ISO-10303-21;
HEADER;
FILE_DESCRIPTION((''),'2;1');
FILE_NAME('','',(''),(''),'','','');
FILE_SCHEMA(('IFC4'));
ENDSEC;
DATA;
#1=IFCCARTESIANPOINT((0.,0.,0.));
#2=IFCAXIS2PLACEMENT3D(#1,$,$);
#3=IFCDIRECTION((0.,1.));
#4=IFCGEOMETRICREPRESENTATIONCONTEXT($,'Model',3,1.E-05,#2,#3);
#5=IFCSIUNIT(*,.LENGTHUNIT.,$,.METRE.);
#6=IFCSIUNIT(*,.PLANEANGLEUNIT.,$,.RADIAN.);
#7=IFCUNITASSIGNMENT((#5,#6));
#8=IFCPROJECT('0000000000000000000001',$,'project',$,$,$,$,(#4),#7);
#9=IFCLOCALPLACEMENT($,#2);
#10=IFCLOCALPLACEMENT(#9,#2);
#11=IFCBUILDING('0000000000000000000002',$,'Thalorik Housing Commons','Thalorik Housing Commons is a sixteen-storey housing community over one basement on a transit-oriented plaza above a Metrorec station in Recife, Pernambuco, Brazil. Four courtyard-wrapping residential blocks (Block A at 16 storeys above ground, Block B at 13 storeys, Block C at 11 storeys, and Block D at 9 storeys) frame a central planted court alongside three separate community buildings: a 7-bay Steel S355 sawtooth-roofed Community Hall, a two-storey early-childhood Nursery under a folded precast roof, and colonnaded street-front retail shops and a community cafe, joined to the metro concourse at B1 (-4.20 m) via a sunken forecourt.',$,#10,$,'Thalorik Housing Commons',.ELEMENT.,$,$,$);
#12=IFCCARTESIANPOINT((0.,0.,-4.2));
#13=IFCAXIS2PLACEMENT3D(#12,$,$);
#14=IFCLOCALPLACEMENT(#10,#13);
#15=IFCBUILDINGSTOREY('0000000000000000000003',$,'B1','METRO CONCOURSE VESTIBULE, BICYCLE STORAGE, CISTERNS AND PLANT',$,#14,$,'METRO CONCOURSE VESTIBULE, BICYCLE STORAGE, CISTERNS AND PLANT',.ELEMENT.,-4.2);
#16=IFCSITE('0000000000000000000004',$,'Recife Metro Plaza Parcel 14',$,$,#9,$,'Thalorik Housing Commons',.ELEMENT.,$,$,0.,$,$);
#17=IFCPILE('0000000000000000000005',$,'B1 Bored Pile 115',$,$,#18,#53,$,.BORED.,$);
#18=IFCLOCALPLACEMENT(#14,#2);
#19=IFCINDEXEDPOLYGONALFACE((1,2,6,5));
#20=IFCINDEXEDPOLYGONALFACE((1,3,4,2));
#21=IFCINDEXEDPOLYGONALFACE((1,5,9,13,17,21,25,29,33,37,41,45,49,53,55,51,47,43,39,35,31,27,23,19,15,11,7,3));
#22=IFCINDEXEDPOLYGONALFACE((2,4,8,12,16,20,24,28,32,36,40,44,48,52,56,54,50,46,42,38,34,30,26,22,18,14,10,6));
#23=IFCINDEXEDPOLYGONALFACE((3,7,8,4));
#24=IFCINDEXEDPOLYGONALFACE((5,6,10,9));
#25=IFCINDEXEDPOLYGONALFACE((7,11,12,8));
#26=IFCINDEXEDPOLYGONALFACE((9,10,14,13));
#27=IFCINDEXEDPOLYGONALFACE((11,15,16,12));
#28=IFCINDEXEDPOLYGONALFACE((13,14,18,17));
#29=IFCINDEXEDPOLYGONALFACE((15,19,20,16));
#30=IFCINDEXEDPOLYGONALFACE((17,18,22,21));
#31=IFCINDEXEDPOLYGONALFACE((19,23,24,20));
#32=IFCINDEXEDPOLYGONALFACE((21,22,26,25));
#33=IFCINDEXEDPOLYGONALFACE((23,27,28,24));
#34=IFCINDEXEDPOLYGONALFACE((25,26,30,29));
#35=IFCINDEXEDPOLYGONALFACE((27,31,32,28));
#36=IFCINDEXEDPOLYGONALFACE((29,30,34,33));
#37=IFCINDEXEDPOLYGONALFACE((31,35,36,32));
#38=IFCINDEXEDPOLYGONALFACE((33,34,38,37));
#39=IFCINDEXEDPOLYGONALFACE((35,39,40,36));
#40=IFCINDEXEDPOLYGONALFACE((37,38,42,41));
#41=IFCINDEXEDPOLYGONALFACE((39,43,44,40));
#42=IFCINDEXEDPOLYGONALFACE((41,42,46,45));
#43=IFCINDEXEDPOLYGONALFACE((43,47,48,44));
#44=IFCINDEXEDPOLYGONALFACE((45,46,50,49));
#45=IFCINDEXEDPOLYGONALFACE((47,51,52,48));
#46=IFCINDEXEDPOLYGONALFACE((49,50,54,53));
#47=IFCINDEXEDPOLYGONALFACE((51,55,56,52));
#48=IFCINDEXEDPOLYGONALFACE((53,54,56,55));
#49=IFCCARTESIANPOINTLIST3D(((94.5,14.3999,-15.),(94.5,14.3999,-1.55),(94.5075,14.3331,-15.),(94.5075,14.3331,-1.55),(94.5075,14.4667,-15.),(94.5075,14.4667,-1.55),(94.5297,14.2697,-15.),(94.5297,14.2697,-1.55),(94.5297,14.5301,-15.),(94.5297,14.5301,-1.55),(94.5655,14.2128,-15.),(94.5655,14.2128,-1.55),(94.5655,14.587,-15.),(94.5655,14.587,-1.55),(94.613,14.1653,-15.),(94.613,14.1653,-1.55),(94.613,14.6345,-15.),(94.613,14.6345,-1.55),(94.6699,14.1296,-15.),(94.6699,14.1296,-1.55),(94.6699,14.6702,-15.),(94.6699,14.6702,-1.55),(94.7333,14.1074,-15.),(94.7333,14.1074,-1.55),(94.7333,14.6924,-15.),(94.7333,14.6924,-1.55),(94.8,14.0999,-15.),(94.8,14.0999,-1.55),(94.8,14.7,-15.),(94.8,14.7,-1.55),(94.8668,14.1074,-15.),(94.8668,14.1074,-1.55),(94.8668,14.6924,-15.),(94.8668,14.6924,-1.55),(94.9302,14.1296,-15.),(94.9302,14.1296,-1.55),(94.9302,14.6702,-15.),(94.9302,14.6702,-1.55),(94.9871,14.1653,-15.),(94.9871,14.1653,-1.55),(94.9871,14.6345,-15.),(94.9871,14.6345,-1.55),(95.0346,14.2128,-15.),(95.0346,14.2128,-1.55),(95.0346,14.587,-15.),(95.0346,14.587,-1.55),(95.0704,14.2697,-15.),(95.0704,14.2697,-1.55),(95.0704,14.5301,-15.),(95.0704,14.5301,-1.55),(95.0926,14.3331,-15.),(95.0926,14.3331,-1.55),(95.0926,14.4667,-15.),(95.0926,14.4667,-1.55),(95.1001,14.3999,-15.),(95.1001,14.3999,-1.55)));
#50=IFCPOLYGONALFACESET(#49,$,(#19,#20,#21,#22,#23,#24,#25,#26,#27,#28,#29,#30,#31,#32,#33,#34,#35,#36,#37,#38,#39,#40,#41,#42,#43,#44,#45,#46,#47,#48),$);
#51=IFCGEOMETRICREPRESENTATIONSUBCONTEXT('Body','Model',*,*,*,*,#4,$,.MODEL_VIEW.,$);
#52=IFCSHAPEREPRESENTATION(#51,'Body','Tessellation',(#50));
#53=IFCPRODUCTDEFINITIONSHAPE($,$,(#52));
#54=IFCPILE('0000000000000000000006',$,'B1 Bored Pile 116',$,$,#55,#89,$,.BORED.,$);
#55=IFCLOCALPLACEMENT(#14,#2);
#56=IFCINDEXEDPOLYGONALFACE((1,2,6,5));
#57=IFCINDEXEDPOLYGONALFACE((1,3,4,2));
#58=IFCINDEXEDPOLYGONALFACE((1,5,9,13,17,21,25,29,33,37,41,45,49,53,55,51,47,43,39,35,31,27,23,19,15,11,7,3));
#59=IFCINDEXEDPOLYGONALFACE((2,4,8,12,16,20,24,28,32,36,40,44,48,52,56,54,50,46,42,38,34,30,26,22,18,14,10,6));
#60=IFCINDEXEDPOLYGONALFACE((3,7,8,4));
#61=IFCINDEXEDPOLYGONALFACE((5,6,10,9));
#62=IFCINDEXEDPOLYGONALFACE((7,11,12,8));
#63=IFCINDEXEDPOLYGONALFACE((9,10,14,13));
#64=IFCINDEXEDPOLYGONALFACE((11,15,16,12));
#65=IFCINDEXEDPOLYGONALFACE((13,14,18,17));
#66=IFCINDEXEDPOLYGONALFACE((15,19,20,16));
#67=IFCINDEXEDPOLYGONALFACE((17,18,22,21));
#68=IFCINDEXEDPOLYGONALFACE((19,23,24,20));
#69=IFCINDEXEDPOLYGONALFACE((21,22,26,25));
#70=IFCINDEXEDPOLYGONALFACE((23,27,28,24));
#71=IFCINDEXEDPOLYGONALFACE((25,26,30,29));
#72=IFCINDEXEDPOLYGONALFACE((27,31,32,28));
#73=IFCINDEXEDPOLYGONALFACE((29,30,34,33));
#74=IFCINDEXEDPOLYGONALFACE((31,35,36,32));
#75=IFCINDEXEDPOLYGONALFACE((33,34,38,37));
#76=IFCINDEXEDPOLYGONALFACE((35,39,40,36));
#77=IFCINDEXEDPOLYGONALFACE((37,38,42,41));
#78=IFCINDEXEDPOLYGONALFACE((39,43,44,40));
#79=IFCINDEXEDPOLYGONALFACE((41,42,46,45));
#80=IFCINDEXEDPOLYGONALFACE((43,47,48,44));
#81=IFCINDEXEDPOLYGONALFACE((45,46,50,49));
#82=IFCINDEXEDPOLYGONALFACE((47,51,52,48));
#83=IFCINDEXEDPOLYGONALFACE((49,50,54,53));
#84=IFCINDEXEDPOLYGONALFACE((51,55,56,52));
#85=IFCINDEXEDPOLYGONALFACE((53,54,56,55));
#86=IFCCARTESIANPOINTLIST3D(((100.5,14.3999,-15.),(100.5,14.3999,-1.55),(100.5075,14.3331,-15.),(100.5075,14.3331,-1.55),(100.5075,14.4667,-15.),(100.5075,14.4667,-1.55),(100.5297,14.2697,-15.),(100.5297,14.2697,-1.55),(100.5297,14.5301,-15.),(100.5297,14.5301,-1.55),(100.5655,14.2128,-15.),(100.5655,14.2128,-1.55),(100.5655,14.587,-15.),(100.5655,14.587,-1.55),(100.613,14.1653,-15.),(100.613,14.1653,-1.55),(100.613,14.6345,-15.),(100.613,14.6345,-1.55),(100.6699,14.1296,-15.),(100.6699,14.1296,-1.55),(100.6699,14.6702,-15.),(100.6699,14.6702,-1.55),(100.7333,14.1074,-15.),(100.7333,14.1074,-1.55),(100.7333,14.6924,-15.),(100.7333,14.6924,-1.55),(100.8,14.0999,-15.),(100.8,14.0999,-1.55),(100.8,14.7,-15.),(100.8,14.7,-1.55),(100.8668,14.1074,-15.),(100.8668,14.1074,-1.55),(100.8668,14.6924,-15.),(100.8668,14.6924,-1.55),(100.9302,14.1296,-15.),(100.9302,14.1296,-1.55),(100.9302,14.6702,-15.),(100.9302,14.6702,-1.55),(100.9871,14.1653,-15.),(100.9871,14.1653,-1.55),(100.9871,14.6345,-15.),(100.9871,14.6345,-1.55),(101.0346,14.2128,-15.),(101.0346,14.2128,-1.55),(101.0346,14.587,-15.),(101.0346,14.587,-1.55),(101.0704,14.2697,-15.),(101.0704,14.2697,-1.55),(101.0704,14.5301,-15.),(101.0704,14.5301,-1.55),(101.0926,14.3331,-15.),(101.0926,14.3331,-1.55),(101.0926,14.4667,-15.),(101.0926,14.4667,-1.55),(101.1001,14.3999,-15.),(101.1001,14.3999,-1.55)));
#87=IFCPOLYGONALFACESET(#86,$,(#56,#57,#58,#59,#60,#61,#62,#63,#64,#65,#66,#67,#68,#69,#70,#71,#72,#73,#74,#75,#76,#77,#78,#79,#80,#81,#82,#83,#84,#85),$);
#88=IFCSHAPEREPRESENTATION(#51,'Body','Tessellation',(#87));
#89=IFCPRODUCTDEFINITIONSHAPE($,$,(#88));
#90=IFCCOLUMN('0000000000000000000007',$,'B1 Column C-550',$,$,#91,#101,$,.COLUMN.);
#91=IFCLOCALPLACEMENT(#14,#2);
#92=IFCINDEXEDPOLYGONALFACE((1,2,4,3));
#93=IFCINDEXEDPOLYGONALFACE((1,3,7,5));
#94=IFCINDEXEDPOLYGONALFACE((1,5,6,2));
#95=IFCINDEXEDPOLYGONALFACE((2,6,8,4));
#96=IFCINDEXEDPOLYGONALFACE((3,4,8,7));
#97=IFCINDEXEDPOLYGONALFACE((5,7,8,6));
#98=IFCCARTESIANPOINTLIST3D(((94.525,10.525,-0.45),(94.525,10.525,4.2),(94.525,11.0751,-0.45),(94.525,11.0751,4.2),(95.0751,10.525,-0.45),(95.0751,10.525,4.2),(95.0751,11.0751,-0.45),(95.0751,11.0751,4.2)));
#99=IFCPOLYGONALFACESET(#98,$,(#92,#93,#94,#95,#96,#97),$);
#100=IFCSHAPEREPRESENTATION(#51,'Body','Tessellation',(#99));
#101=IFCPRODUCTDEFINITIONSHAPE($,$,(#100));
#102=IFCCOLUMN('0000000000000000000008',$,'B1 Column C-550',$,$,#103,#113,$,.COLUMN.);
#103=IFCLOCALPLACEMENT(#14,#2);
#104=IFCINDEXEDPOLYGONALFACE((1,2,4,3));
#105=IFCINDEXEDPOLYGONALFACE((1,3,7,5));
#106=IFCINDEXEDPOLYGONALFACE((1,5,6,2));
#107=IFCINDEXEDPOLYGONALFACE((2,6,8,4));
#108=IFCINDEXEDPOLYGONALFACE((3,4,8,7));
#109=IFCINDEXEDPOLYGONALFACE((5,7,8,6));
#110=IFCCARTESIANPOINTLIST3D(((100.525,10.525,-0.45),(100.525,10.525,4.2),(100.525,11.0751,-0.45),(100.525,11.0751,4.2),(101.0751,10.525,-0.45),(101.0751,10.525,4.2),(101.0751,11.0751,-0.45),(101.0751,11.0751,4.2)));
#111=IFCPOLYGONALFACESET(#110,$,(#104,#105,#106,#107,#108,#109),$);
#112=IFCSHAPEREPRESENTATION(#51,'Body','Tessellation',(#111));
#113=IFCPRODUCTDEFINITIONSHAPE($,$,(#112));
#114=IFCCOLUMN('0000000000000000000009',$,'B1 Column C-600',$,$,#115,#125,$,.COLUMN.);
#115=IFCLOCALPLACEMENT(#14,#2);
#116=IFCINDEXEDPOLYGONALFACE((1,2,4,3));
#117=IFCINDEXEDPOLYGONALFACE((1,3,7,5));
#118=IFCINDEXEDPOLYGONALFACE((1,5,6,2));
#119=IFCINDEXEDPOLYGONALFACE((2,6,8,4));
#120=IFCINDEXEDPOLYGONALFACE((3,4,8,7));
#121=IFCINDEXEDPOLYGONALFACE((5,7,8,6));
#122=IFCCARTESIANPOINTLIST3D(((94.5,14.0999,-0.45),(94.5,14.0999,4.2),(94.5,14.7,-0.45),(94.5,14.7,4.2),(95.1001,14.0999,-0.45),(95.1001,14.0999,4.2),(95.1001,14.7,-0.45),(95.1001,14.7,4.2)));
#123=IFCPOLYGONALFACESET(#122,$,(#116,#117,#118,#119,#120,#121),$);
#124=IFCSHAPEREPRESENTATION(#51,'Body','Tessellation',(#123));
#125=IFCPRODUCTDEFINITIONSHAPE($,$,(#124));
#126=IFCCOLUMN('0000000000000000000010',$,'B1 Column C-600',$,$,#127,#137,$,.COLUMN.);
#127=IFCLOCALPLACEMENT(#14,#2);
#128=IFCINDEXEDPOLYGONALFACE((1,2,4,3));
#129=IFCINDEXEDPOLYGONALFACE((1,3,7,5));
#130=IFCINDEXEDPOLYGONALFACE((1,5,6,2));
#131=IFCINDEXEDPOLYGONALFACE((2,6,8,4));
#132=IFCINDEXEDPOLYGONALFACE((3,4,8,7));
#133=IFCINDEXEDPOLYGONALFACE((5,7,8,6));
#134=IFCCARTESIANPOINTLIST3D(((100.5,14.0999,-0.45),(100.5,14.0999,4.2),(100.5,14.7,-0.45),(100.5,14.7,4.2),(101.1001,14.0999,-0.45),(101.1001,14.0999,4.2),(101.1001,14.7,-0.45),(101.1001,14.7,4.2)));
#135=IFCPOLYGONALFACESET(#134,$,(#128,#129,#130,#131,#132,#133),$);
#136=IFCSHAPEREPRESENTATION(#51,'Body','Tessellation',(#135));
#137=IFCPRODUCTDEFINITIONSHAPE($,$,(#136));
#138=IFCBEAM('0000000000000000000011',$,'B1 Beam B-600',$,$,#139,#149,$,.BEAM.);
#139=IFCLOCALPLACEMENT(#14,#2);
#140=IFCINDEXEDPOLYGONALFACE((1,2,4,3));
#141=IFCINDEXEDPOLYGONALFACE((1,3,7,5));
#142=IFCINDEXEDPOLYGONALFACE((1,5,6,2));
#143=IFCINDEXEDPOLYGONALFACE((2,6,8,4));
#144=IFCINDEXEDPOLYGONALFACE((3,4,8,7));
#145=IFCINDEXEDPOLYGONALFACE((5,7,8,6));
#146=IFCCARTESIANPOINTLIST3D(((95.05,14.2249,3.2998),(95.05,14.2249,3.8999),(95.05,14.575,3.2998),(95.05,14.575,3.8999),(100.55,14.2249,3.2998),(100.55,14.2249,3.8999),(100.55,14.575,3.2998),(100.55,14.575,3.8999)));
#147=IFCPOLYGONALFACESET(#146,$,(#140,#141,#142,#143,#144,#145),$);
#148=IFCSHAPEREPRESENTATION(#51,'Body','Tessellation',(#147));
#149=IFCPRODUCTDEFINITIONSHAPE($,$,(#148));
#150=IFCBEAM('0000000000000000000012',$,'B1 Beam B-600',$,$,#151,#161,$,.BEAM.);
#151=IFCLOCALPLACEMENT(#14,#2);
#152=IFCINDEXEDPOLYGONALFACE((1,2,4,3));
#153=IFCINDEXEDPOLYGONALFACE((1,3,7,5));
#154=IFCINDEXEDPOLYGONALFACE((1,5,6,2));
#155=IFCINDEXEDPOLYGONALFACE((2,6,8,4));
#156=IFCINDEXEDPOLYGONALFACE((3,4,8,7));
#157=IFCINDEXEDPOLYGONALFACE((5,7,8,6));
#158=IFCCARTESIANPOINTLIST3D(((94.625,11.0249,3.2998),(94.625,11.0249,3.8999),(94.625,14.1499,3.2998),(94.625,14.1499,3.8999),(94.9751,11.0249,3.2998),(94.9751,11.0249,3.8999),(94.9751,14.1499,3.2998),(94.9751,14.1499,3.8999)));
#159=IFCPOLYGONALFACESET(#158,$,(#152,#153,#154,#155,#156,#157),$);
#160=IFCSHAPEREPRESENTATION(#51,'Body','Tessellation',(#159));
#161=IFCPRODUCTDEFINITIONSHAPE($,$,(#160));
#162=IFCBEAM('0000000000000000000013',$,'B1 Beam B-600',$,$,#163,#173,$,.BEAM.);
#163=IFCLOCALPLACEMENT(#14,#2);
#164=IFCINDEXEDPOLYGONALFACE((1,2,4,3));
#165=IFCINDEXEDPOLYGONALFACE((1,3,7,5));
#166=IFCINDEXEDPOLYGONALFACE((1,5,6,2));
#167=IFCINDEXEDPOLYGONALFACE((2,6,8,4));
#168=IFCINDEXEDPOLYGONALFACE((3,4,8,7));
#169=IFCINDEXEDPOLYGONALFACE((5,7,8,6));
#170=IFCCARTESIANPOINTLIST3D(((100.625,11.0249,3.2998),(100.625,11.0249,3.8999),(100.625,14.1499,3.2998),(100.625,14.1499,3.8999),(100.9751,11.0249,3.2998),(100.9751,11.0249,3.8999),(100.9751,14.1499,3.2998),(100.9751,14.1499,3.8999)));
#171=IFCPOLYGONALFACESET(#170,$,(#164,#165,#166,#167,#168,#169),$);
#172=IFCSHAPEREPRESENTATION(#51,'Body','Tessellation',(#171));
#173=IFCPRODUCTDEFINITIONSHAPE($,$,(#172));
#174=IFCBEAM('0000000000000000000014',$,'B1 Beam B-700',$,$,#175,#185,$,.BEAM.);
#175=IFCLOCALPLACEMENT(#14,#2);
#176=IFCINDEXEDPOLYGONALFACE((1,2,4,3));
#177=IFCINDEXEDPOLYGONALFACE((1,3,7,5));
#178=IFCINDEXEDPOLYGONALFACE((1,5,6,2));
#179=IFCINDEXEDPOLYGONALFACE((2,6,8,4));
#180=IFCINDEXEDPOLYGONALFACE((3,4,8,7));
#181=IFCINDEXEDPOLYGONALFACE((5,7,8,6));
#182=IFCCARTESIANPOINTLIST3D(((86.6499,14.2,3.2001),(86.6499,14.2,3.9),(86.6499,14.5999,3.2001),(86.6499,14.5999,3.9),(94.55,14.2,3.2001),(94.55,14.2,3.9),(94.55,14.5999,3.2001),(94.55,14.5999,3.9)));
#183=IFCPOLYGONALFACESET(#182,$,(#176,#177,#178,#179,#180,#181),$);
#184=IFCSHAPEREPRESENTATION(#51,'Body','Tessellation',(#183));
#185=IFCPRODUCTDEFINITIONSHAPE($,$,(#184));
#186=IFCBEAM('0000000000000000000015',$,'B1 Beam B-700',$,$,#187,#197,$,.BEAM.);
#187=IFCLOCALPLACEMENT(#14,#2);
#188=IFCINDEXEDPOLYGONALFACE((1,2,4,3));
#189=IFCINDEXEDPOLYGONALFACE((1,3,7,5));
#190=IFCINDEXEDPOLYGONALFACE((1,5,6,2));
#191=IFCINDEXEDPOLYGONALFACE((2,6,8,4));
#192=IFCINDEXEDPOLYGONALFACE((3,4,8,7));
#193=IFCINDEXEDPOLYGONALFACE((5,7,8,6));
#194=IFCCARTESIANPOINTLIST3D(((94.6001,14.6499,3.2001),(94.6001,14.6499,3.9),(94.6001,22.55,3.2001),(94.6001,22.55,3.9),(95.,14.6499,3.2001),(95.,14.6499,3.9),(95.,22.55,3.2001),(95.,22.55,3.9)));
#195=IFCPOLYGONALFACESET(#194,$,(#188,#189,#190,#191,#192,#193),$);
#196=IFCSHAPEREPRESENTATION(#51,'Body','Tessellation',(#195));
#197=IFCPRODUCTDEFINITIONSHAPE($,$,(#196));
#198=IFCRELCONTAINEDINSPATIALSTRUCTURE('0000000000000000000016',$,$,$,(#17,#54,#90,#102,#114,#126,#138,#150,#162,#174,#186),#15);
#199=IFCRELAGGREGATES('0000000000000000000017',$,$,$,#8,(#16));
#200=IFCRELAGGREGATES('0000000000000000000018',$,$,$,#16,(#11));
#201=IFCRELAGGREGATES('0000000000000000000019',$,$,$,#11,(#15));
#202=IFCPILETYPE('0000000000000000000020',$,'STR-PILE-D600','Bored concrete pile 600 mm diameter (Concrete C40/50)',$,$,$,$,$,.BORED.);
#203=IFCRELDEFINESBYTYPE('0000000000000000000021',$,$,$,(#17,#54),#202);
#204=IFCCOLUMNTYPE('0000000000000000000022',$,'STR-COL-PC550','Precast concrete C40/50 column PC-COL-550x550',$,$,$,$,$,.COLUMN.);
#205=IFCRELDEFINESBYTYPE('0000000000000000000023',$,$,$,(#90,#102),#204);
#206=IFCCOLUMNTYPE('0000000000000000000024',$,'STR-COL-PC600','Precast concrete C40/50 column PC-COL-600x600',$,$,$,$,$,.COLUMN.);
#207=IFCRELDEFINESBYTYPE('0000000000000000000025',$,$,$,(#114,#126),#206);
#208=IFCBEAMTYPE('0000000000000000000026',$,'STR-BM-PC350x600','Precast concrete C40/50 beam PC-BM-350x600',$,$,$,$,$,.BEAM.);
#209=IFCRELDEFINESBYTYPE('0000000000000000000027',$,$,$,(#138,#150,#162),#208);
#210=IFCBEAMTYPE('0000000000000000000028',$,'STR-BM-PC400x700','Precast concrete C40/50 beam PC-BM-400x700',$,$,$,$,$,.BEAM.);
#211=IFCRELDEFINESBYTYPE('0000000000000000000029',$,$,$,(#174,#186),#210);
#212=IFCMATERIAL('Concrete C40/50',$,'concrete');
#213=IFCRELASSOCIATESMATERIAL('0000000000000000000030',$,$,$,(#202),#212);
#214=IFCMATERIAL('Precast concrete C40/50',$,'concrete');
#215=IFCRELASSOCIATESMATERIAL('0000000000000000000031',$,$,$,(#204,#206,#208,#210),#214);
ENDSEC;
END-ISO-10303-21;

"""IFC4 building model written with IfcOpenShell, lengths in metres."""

from ifc_helpers import new_model, si_unit, direction, frame, origin, origin_2d, place, context, subcontext, project, spatial, rectangle, circle, extrude, material, material_profile, profile_set, type_object, element, save


model = new_model("IFC4")

# Units and contexts
model_context = context("Model", 3, precision=1e-05, world=origin(), true_north=direction((0.0, 1.0)))
body_context = subcontext(model_context, "Body", "Model", "MODEL_VIEW")
ifc_project = project(units=[si_unit("LENGTHUNIT", "METRE"), si_unit("PLANEANGLEUNIT", "RADIAN")], contexts=[model_context])

# Site, building, storey
site_placement = place(None, origin())
site = spatial("IfcSite", under=ifc_project, at=site_placement, Name="Recife Metro Plaza Parcel 14", LongName="Thalorik Housing Commons", CompositionType="ELEMENT", RefElevation=0.0)
building_placement = place(site_placement, origin())
building = spatial("IfcBuilding", under=site, at=building_placement, Name="Thalorik Housing Commons", Description="Thalorik Housing Commons is a sixteen-storey housing community over one basement on a transit-oriented plaza above a Metrorec station in Recife, Pernambuco, Brazil. Four courtyard-wrapping residential blocks (Block A at 16 storeys above ground, Block B at 13 storeys, Block C at 11 storeys, and Block D at 9 storeys) frame a central planted court alongside three separate community buildings: a 7-bay Steel S355 sawtooth-roofed Community Hall, a two-storey early-childhood Nursery under a folded precast roof, and colonnaded street-front retail shops and a community cafe, joined to the metro concourse at B1 (-4.20 m) via a sunken forecourt.", LongName="Thalorik Housing Commons", CompositionType="ELEMENT")
storey_placement = place(building_placement, frame((0.0, 0.0, -4.2)))
storey = spatial("IfcBuildingStorey", under=building, at=storey_placement, Name="B1", Description="METRO CONCOURSE VESTIBULE, BICYCLE STORAGE, CISTERNS AND PLANT", LongName="METRO CONCOURSE VESTIBULE, BICYCLE STORAGE, CISTERNS AND PLANT", CompositionType="ELEMENT", Elevation=-4.2)

# Shared definitions
ifc_material_1 = material(Name="Concrete C40/50", Category="concrete")

# Piles
ifc_material_profile_1 = material_profile(ifc_material_1, circle(Radius=0.3, at=origin_2d()), Name="BORED PILE D600", Category="concrete")
ifc_profile_set_1 = profile_set([ifc_material_profile_1], Name="Concrete C40/50")
pile_type = type_object("IfcPileType", Name="STR-PILE-D600", Description="Bored concrete pile 600 mm diameter (Concrete C40/50)", PredefinedType="BORED", material=ifc_profile_set_1)
for number, where, z_axis, x_axis, name in (
    (1, (94.8, 14.3999, -1.55), (0.0, 0.0, -1.0), (1.0, 0.0, 0.0), "B1 Bored Pile 115"),
    (2, (100.8, 14.3999, -1.55), (0.0, 0.0, -1.0), (1.0, 0.0, 0.0), "B1 Bored Pile 116"),
):
    element("IfcPile", number, at=place(storey_placement, frame(where, z_axis=z_axis, x_axis=x_axis)), inside=storey, type_object=pile_type, Name=name, PredefinedType="BORED", context=body_context, shape_type="SweptSolid", body=[
        extrude(circle(Radius=0.3, at=origin_2d()), origin(), (0.0, 0.0, 1.0), 13.45),
    ])

# Columns
ifc_material_2 = material(Name="Precast concrete C40/50", Category="concrete")
ifc_material_profile_2 = material_profile(ifc_material_2, rectangle(XDim=0.55, YDim=0.55, at=origin_2d()), Name="PC 550x550", Category="concrete")
ifc_profile_set_2 = profile_set([ifc_material_profile_2], Name="Precast concrete C40/50")
column_type_1 = type_object("IfcColumnType", Name="STR-COL-PC550", Description="Precast concrete C40/50 column PC-COL-550x550", PredefinedType="COLUMN", material=ifc_profile_set_2)
for number, where, z_axis, x_axis, name in (
    (3, (94.8, 10.8, -0.45), (0.0, 0.0, 1.0), (1.0, 0.0, 0.0), "B1 Column C-550"),
    (4, (100.8, 10.8, -0.45), (0.0, 0.0, 1.0), (1.0, 0.0, 0.0), "B1 Column C-550"),
):
    element("IfcColumn", number, at=place(storey_placement, frame(where, z_axis=z_axis, x_axis=x_axis)), inside=storey, type_object=column_type_1, Name=name, PredefinedType="COLUMN", context=body_context, shape_type="SweptSolid", body=[
        extrude(rectangle(XDim=0.55, YDim=0.55, at=origin_2d()), origin(), (0.0, 0.0, 1.0), 4.6499),
    ])
ifc_material_profile_3 = material_profile(ifc_material_2, rectangle(XDim=0.6001, YDim=0.6001, at=origin_2d()), Name="PC 600x600", Category="concrete")
ifc_profile_set_3 = profile_set([ifc_material_profile_3], Name="Precast concrete C40/50")
column_type_2 = type_object("IfcColumnType", Name="STR-COL-PC600", Description="Precast concrete C40/50 column PC-COL-600x600", PredefinedType="COLUMN", material=ifc_profile_set_3)
for number, where, z_axis, x_axis, name in (
    (5, (94.8, 14.3999, -0.45), (0.0, 0.0, 1.0), (1.0, 0.0, 0.0), "B1 Column C-600"),
    (6, (100.8, 14.3999, -0.45), (0.0, 0.0, 1.0), (1.0, 0.0, 0.0), "B1 Column C-600"),
):
    element("IfcColumn", number, at=place(storey_placement, frame(where, z_axis=z_axis, x_axis=x_axis)), inside=storey, type_object=column_type_2, Name=name, PredefinedType="COLUMN", context=body_context, shape_type="SweptSolid", body=[
        extrude(rectangle(XDim=0.6001, YDim=0.6001, at=origin_2d()), origin(), (0.0, 0.0, 1.0), 4.6499),
    ])

# Beams
ifc_material_profile_4 = material_profile(ifc_material_2, rectangle(XDim=0.3501, YDim=0.6001, at=origin_2d()), Name="PC 350x600", Category="concrete")
ifc_profile_set_4 = profile_set([ifc_material_profile_4], Name="Precast concrete C40/50")
beam_type_1 = type_object("IfcBeamType", Name="STR-BM-PC350x600", Description="Precast concrete C40/50 beam PC-BM-350x600", PredefinedType="BEAM", material=ifc_profile_set_4)
beam_1_placement = place(storey_placement, frame((95.05, 14.3999, 3.5999), z_axis=(1.0, 0.0, 0.0), x_axis=(0.0, 1.0, 0.0)))
element("IfcBeam", 7, at=beam_1_placement, inside=storey, type_object=beam_type_1, Name="B1 Beam B-600", PredefinedType="BEAM", context=body_context, shape_type="SweptSolid", body=[
    extrude(rectangle(XDim=0.3501, YDim=0.6001, at=origin_2d()), origin(), (0.0, 0.0, 1.0), 5.5),
])
for number, where, z_axis, x_axis, name in (
    (8, (94.8, 11.0249, 3.5999), (0.0, 1.0, 0.0), (-1.0, 0.0, 0.0), "B1 Beam B-600"),
    (9, (100.8, 11.0249, 3.5999), (0.0, 1.0, 0.0), (-1.0, 0.0, 0.0), "B1 Beam B-600"),
):
    element("IfcBeam", number, at=place(storey_placement, frame(where, z_axis=z_axis, x_axis=x_axis)), inside=storey, type_object=beam_type_1, Name=name, PredefinedType="BEAM", context=body_context, shape_type="SweptSolid", body=[
        extrude(rectangle(XDim=0.3501, YDim=0.6001, at=origin_2d()), origin(), (0.0, 0.0, 1.0), 3.125),
    ])
ifc_material_profile_5 = material_profile(ifc_material_2, rectangle(XDim=0.3999, YDim=0.7, at=origin_2d()), Name="PC 400x700", Category="concrete")
ifc_profile_set_5 = profile_set([ifc_material_profile_5], Name="Precast concrete C40/50")
beam_type_2 = type_object("IfcBeamType", Name="STR-BM-PC400x700", Description="Precast concrete C40/50 beam PC-BM-400x700", PredefinedType="BEAM", material=ifc_profile_set_5)
for number, where, z_axis, x_axis, name in (
    (10, (86.6499, 14.3999, 3.55), (1.0, 0.0, 0.0), (0.0, 1.0, 0.0), "B1 Beam B-700"),
    (11, (94.8, 14.6499, 3.55), (0.0, 1.0, 0.0), (-1.0, 0.0, 0.0), "B1 Beam B-700"),
):
    element("IfcBeam", number, at=place(storey_placement, frame(where, z_axis=z_axis, x_axis=x_axis)), inside=storey, type_object=beam_type_2, Name=name, PredefinedType="BEAM", context=body_context, shape_type="SweptSolid", body=[
        extrude(rectangle(XDim=0.3999, YDim=0.7, at=origin_2d()), origin(), (0.0, 0.0, 1.0), 7.9001),
    ])

save(model, "model.ifc")
